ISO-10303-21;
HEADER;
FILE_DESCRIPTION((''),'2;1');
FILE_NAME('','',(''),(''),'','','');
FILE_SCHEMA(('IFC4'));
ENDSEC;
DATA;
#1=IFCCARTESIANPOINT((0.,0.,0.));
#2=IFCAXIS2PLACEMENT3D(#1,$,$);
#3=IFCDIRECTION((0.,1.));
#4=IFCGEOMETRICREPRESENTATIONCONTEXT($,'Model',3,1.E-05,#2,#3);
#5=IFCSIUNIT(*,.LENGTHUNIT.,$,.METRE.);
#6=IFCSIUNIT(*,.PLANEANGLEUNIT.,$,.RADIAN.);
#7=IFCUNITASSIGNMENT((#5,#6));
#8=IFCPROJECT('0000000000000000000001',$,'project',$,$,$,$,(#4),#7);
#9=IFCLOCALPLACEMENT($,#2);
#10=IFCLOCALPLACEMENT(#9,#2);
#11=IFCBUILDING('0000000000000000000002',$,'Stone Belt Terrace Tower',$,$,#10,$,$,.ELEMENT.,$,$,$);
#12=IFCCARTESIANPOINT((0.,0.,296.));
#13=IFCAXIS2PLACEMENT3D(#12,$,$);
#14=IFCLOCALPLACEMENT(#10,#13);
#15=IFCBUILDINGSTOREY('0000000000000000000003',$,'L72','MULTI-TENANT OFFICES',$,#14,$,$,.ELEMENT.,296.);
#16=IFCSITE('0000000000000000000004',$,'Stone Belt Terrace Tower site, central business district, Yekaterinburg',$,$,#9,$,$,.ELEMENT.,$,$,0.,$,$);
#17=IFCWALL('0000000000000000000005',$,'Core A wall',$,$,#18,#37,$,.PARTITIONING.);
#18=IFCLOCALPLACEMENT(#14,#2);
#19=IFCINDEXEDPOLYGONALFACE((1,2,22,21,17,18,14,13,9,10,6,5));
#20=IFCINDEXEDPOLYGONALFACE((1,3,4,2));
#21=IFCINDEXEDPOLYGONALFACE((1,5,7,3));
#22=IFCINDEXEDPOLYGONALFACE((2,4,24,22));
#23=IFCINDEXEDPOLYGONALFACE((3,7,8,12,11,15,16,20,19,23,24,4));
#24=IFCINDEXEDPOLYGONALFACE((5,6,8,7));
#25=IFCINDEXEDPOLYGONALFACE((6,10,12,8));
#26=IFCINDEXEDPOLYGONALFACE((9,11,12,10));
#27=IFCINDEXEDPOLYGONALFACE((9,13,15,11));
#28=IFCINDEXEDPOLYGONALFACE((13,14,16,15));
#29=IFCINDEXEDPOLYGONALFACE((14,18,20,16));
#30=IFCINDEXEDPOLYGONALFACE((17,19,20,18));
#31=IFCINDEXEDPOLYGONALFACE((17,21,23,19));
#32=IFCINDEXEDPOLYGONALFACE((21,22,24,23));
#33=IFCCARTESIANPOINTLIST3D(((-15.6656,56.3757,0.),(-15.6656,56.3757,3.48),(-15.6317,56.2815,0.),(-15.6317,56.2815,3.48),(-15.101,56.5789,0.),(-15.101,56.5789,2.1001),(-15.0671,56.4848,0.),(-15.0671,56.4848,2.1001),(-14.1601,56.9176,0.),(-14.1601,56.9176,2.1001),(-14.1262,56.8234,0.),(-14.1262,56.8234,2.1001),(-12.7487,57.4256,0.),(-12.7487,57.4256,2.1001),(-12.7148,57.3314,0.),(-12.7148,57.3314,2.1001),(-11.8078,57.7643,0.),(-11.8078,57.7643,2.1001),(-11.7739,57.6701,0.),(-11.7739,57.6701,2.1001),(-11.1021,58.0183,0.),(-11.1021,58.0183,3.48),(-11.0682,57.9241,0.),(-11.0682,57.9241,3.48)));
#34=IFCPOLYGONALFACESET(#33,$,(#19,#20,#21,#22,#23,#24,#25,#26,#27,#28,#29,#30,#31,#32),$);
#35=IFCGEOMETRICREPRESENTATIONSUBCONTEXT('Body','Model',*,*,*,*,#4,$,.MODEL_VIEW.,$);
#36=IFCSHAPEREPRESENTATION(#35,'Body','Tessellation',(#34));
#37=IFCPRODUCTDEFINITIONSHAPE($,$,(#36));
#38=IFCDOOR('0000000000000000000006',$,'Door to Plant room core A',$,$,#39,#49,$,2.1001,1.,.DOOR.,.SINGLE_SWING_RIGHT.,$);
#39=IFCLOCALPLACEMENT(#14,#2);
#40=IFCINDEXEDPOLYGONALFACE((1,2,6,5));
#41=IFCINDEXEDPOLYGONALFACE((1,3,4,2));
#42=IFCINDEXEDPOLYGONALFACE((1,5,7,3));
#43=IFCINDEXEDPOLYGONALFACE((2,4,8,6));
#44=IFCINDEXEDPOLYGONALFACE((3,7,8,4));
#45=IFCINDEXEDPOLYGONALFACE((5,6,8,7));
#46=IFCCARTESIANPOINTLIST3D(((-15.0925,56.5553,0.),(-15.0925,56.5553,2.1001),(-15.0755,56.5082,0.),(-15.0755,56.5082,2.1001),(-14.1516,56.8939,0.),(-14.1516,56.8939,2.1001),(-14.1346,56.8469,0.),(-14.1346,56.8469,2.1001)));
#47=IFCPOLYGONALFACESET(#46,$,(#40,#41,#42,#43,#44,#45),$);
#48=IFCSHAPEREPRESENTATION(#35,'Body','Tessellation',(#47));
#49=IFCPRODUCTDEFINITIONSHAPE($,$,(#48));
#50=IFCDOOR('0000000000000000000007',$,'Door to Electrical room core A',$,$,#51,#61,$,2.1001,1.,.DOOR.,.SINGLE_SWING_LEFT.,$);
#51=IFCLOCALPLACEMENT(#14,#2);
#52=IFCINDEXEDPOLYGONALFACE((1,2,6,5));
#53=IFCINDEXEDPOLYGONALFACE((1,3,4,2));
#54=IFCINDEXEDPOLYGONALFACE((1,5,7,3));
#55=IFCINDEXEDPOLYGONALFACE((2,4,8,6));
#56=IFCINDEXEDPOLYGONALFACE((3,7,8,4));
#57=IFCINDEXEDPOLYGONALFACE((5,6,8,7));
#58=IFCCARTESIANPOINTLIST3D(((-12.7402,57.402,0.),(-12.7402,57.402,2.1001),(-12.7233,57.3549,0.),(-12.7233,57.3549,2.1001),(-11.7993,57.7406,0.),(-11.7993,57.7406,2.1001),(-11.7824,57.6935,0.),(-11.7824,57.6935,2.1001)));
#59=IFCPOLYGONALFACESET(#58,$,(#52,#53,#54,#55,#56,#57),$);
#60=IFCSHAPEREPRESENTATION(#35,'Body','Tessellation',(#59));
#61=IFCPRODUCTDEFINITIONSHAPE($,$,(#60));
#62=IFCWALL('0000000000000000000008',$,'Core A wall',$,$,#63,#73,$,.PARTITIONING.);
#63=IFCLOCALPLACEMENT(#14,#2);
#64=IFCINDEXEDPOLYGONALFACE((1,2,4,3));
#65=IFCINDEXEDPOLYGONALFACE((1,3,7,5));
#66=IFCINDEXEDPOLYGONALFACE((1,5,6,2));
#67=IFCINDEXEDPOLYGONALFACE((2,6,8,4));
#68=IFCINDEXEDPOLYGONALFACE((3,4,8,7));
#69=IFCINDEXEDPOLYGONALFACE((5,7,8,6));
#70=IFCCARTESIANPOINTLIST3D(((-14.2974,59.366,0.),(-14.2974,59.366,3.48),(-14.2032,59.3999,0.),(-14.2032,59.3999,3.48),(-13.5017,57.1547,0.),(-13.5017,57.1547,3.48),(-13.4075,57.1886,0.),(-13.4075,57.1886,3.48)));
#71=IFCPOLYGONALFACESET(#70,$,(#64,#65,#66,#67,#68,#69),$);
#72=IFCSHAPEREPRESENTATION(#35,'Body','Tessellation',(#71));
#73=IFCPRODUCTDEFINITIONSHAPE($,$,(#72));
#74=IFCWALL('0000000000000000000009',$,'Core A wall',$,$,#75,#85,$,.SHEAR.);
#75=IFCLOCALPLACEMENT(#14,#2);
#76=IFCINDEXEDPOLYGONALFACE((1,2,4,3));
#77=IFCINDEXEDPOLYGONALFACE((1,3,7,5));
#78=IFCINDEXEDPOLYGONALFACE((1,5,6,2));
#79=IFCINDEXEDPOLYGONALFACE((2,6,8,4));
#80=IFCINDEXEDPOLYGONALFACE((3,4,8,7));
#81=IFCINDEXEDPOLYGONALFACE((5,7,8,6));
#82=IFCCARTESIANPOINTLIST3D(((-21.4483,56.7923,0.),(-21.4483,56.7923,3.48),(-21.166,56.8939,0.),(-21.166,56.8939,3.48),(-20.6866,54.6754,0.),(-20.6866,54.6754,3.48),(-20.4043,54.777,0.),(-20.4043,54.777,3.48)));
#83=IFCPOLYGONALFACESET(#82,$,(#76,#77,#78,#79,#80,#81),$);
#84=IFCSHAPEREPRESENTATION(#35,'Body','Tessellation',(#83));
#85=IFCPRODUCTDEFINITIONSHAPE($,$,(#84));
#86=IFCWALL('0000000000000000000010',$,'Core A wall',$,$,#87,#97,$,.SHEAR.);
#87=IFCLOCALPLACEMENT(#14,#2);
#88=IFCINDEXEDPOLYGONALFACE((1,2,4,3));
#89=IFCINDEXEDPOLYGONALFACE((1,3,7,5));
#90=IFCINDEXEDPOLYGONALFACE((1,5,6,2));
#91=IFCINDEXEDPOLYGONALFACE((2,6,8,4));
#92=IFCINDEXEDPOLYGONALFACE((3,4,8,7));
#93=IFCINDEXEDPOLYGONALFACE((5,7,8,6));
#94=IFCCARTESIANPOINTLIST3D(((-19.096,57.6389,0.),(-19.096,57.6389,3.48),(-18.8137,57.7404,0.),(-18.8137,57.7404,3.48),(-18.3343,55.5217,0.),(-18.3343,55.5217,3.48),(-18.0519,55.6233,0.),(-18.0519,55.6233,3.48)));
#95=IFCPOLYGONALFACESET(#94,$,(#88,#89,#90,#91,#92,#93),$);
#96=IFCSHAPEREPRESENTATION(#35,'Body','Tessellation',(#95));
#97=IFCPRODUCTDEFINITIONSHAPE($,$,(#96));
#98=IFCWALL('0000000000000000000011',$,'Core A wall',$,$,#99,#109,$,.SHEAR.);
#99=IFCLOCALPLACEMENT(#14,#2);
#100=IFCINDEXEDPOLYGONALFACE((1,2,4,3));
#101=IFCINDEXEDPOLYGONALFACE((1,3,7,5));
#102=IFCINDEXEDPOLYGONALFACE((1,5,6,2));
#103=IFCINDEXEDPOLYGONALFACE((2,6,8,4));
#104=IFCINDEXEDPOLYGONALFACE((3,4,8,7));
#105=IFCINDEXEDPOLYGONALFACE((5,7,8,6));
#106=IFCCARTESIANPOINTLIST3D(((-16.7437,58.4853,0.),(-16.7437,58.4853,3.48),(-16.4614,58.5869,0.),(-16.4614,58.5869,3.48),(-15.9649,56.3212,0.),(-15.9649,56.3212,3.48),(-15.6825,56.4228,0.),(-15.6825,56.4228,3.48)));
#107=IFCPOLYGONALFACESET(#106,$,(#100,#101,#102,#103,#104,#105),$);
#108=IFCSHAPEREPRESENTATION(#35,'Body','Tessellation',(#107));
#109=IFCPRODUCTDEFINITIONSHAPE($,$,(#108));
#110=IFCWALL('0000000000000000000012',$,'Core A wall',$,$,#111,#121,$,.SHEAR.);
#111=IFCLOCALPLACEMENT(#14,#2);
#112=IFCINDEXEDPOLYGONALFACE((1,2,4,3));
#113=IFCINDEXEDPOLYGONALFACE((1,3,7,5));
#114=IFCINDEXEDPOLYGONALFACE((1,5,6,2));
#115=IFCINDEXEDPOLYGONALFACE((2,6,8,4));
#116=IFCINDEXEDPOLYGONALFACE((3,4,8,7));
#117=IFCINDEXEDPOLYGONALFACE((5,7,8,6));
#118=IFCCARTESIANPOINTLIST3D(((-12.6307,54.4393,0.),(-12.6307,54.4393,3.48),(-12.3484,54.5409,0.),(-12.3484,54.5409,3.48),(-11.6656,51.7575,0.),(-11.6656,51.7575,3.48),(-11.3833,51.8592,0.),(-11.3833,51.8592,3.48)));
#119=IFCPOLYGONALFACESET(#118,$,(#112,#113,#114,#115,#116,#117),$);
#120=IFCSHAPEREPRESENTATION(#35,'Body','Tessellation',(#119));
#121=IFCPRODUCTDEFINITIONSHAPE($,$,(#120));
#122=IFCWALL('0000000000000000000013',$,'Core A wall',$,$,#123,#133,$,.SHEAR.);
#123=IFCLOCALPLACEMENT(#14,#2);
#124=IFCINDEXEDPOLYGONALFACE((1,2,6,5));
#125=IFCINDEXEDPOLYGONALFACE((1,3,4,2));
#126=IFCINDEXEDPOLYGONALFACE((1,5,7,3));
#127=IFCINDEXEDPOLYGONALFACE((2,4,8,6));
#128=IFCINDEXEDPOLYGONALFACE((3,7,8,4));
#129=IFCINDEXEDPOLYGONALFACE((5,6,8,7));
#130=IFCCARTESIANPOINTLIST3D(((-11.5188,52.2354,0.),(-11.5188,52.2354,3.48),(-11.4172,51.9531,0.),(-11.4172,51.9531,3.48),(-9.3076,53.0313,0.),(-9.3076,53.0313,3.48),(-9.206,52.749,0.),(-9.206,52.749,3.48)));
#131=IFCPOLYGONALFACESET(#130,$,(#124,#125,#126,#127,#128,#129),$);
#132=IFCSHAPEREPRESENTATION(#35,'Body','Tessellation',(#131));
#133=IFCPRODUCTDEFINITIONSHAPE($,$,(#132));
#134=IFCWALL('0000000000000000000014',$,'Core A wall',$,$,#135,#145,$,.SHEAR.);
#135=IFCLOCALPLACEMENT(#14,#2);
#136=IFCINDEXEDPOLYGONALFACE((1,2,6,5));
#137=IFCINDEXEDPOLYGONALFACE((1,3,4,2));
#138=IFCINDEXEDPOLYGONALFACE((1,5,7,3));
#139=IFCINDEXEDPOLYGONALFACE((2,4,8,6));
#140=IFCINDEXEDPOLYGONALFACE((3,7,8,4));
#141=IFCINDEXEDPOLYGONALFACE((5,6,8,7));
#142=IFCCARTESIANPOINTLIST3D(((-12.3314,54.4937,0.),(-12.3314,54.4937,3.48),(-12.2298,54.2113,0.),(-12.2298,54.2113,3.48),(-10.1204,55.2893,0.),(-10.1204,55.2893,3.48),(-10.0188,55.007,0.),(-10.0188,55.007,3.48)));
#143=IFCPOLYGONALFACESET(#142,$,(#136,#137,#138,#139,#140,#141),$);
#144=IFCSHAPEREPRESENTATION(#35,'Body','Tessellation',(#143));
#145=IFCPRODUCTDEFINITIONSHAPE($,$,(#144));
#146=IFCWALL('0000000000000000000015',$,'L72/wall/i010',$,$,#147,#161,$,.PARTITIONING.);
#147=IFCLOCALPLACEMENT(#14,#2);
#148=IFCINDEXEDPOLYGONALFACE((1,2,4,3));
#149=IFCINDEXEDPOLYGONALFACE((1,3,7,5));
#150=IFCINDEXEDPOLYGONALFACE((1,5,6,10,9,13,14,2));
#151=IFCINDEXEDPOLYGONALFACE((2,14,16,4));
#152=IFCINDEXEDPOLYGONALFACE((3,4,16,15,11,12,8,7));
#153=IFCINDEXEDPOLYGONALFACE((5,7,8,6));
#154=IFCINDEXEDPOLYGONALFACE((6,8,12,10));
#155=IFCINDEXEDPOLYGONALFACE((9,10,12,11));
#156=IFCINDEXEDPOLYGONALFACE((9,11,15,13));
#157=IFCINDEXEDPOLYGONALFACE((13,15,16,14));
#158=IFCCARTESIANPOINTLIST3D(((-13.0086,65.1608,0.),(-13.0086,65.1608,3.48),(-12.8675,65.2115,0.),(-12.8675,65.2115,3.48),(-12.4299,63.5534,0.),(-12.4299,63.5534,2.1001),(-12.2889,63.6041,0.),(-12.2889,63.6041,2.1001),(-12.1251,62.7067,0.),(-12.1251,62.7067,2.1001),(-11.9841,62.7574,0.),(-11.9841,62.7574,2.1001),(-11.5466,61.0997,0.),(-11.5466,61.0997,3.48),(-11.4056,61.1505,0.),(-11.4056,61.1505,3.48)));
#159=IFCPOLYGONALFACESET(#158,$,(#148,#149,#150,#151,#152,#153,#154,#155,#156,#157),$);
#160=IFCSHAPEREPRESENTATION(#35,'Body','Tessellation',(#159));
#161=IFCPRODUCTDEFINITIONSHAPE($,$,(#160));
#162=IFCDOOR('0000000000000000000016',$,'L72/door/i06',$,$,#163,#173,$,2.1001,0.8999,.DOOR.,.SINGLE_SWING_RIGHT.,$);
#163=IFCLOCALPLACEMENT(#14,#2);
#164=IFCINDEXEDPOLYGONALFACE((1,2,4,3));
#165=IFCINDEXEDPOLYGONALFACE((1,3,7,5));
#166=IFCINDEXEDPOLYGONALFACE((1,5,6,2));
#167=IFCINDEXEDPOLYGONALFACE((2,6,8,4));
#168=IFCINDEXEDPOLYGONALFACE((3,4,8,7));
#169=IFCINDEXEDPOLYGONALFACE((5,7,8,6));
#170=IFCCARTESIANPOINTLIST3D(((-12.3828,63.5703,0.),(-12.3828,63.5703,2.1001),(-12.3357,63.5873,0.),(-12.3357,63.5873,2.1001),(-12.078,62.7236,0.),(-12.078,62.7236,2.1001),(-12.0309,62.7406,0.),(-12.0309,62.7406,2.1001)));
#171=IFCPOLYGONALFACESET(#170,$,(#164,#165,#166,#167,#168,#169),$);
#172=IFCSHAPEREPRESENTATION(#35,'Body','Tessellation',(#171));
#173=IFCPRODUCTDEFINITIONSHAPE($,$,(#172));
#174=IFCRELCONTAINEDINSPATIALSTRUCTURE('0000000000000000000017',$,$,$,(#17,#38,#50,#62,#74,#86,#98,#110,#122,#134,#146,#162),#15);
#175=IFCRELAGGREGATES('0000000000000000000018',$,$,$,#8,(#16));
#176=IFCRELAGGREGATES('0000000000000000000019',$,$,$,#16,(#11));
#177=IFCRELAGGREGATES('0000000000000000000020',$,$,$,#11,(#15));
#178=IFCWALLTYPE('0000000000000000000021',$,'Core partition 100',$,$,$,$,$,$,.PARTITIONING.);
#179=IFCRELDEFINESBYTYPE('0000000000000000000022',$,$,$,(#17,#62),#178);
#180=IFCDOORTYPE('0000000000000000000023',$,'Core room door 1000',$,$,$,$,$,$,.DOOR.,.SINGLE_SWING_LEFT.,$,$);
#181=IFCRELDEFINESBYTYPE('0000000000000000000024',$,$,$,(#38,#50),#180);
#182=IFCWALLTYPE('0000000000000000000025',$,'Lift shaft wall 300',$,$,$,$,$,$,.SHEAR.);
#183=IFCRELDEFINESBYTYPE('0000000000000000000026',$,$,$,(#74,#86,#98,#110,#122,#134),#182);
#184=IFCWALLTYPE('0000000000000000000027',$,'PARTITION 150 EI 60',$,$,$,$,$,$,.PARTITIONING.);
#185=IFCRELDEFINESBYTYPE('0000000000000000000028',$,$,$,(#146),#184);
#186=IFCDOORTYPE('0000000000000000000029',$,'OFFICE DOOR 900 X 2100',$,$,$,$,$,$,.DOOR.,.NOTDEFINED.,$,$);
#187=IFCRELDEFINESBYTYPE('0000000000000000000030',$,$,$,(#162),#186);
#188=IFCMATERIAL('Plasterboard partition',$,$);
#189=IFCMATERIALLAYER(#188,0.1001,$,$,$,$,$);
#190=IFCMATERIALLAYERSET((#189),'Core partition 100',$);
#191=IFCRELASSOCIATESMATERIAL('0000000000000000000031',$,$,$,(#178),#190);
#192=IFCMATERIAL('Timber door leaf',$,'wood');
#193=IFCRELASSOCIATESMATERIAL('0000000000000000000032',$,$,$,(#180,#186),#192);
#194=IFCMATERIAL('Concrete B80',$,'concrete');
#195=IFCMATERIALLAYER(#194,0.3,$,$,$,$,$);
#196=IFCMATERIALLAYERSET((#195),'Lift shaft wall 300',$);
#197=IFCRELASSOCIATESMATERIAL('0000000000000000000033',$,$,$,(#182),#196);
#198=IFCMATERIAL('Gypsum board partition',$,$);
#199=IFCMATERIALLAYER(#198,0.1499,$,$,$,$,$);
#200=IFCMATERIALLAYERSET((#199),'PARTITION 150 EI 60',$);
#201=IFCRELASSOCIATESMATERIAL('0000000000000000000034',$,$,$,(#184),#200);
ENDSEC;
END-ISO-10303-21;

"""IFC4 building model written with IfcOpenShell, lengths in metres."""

from ifc_helpers import new_model, si_unit, direction, frame, frame_2d, origin, place, context, subcontext, project, spatial, rectangle, extrude, material, layer, layer_set, type_object, element, fill, save


model = new_model("IFC4")

# Units and contexts
model_context = context("Model", 3, precision=1e-05, world=origin(), true_north=direction((0.0, 1.0)))
body_context = subcontext(model_context, "Body", "Model", "MODEL_VIEW")
ifc_project = project(units=[si_unit("LENGTHUNIT", "METRE"), si_unit("PLANEANGLEUNIT", "RADIAN")], contexts=[model_context])

# Site, building, storey
site_placement = place(None, origin())
site = spatial("IfcSite", under=ifc_project, at=site_placement, Name="Stone Belt Terrace Tower site, central business district, Yekaterinburg", CompositionType="ELEMENT", RefElevation=0.0)
building_placement = place(site_placement, origin())
building = spatial("IfcBuilding", under=site, at=building_placement, Name="Stone Belt Terrace Tower", CompositionType="ELEMENT")
storey_placement = place(building_placement, frame((0.0, 0.0, 296.0)))
storey = spatial("IfcBuildingStorey", under=building, at=storey_placement, Name="L72", Description="MULTI-TENANT OFFICES", CompositionType="ELEMENT", Elevation=296.0)

# Shared definitions
ifc_material_1 = material(Name="Plasterboard partition")
ifc_layer_1 = layer(ifc_material_1, 0.1001)
ifc_layer_set_1 = layer_set([ifc_layer_1], Name="Core partition 100")
wall_type_1 = type_object("IfcWallType", Name="Core partition 100", PredefinedType="PARTITIONING", material=ifc_layer_set_1)
ifc_material_2 = material(Name="Timber door leaf", Category="wood")
door_type_1 = type_object("IfcDoorType", Name="Core room door 1000", OperationType="SINGLE_SWING_LEFT", PredefinedType="DOOR", material=ifc_material_2)

# Wall, openings, doors
wall_1_placement = place(storey_placement, frame((-15.6487, 56.3286, 0.0), z_axis=(0.0, 0.0, 1.0), x_axis=(0.940905, 0.33867, 0.0)))
wall_1 = element("IfcWall", 1, at=wall_1_placement, inside=storey, type_object=wall_type_1, Name="Core A wall", PredefinedType="PARTITIONING", context=body_context, shape_type="SweptSolid", body=[
    extrude(rectangle(XDim=4.8501, YDim=0.1001, at=frame_2d((2.425, 0.0))), origin(), (0.0, 0.0, 1.0), 3.48),
])
opening_1_placement = place(wall_1_placement, frame((0.6001, 0.0, 0.0)))
opening_1 = element("IfcOpeningElement", 2, at=opening_1_placement, cuts=wall_1, PredefinedType="OPENING", context=body_context, shape_type="SweptSolid", body=[
    extrude(rectangle(XDim=1.0, YDim=2.1001, at=frame_2d((0.5, 1.05))), frame((0.0, 0.0601, 0.0), z_axis=(0.0, -1.0, 0.0), x_axis=(1.0, 0.0, 0.0)), (0.0, 0.0, 1.0), 0.1201),
])
opening_2_placement = place(wall_1_placement, frame((3.1001, 0.0, 0.0)))
opening_2 = element("IfcOpeningElement", 3, at=opening_2_placement, cuts=wall_1, PredefinedType="OPENING", context=body_context, shape_type="SweptSolid", body=[
    extrude(rectangle(XDim=1.0, YDim=2.1001, at=frame_2d((0.5, 1.05))), frame((0.0, 0.0601, 0.0), z_axis=(0.0, -1.0, 0.0), x_axis=(1.0, 0.0, 0.0)), (0.0, 0.0, 1.0), 0.1201),
])
door_1_placement = place(opening_1_placement, origin())
door_1 = element("IfcDoor", 4, at=door_1_placement, inside=storey, type_object=door_type_1, Name="Door to Plant room core A", OperationType="SINGLE_SWING_RIGHT", OverallHeight=2.1001, OverallWidth=1.0, PredefinedType="DOOR", context=body_context, shape_type="SweptSolid", body=[
    extrude(rectangle(XDim=1.0, YDim=2.1001, at=frame_2d((0.5, 1.05))), frame((0.0, 0.0249, 0.0), z_axis=(0.0, -1.0, 0.0), x_axis=(1.0, 0.0, 0.0)), (0.0, 0.0, 1.0), 0.05),
])
fill(opening_1, door_1)
door_2_placement = place(opening_2_placement, origin())
door_2 = element("IfcDoor", 5, at=door_2_placement, inside=storey, type_object=door_type_1, Name="Door to Electrical room core A", OperationType="SINGLE_SWING_LEFT", OverallHeight=2.1001, OverallWidth=1.0, PredefinedType="DOOR", context=body_context, shape_type="SweptSolid", body=[
    extrude(rectangle(XDim=1.0, YDim=2.1001, at=frame_2d((0.5, 1.05))), frame((0.0, 0.0249, 0.0), z_axis=(0.0, -1.0, 0.0), x_axis=(1.0, 0.0, 0.0)), (0.0, 0.0, 1.0), 0.05),
])
fill(opening_2, door_2)

# Walls
wall_2_placement = place(storey_placement, frame((-13.4546, 57.1716, 0.0), z_axis=(0.0, 0.0, 1.0), x_axis=(-0.33858, 0.940938, 0.0)))
element("IfcWall", 6, at=wall_2_placement, inside=storey, type_object=wall_type_1, Name="Core A wall", PredefinedType="PARTITIONING", context=body_context, shape_type="SweptSolid", body=[
    extrude(rectangle(XDim=2.3501, YDim=0.1001, at=frame_2d((1.175, 0.0))), origin(), (0.0, 0.0, 1.0), 3.48),
])
ifc_material_3 = material(Name="Concrete B80", Category="concrete")
ifc_layer_2 = layer(ifc_material_3, 0.3)
ifc_layer_set_2 = layer_set([ifc_layer_2], Name="Lift shaft wall 300")
wall_type_2 = type_object("IfcWallType", Name="Lift shaft wall 300", PredefinedType="SHEAR", material=ifc_layer_set_2)
wall_3_placement = place(storey_placement, frame((-20.5454, 54.7261, 0.0), z_axis=(0.0, 0.0, 1.0), x_axis=(-0.33857, 0.940941, 0.0)))
element("IfcWall", 7, at=wall_3_placement, inside=storey, type_object=wall_type_2, Name="Core A wall", PredefinedType="SHEAR", context=body_context, shape_type="SweptSolid", body=[
    extrude(rectangle(XDim=2.2498, YDim=0.3, at=frame_2d((1.125, 0.0))), origin(), (0.0, 0.0, 1.0), 3.48),
])
wall_4_placement = place(storey_placement, frame((-18.1931, 55.5725, 0.0), z_axis=(0.0, 0.0, 1.0), x_axis=(-0.338535, 0.940954, 0.0)))
element("IfcWall", 8, at=wall_4_placement, inside=storey, type_object=wall_type_2, Name="Core A wall", PredefinedType="SHEAR", context=body_context, shape_type="SweptSolid", body=[
    extrude(rectangle(XDim=2.25, YDim=0.3, at=frame_2d((1.125, 0.0))), origin(), (0.0, 0.0, 1.0), 3.48),
])
wall_5_placement = place(storey_placement, frame((-15.8237, 56.3721, 0.0), z_axis=(0.0, 0.0, 1.0), x_axis=(-0.338622, 0.940923, 0.0)))
element("IfcWall", 9, at=wall_5_placement, inside=storey, type_object=wall_type_2, Name="Core A wall", PredefinedType="SHEAR", context=body_context, shape_type="SweptSolid", body=[
    extrude(rectangle(XDim=2.3, YDim=0.3, at=frame_2d((1.1499, 0.0))), origin(), (0.0, 0.0, 1.0), 3.48),
])
wall_6_placement = place(storey_placement, frame((-11.5244, 51.8083, 0.0), z_axis=(0.0, 0.0, 1.0), x_axis=(-0.338625, 0.940921, 0.0)))
element("IfcWall", 10, at=wall_6_placement, inside=storey, type_object=wall_type_2, Name="Core A wall", PredefinedType="SHEAR", context=body_context, shape_type="SweptSolid", body=[
    extrude(rectangle(XDim=2.8501, YDim=0.3, at=frame_2d((1.425, 0.0))), origin(), (0.0, 0.0, 1.0), 3.48),
])
wall_7_placement = place(storey_placement, frame((-11.468, 52.0942, 0.0), z_axis=(0.0, 0.0, 1.0), x_axis=(0.940905, 0.338672, 0.0)))
element("IfcWall", 11, at=wall_7_placement, inside=storey, type_object=wall_type_2, Name="Core A wall", PredefinedType="SHEAR", context=body_context, shape_type="SweptSolid", body=[
    extrude(rectangle(XDim=2.3501, YDim=0.3, at=frame_2d((1.175, 0.0))), origin(), (0.0, 0.0, 1.0), 3.48),
])
wall_8_placement = place(storey_placement, frame((-12.2805, 54.3525, 0.0), z_axis=(0.0, 0.0, 1.0), x_axis=(0.940926, 0.338613, 0.0)))
element("IfcWall", 12, at=wall_8_placement, inside=storey, type_object=wall_type_2, Name="Core A wall", PredefinedType="SHEAR", context=body_context, shape_type="SweptSolid", body=[
    extrude(rectangle(XDim=2.3499, YDim=0.3, at=frame_2d((1.1748, 0.0))), origin(), (0.0, 0.0, 1.0), 3.48),
])

# Wall, opening, door
ifc_material_4 = material(Name="Gypsum board partition")
ifc_layer_3 = layer(ifc_material_4, 0.1499)
ifc_layer_set_3 = layer_set([ifc_layer_3], Name="PARTITION 150 EI 60")
wall_type_3 = type_object("IfcWallType", Name="PARTITION 150 EI 60", PredefinedType="PARTITIONING", material=ifc_layer_set_3)
wall_9_placement = place(storey_placement, frame((-11.4761, 61.125, 0.0), z_axis=(0.0, 0.0, 1.0), x_axis=(-0.338707, 0.940892, 0.0)))
wall_9 = element("IfcWall", 13, at=wall_9_placement, inside=storey, type_object=wall_type_3, Name="L72/wall/i010", PredefinedType="PARTITIONING", context=body_context, shape_type="SweptSolid", body=[
    extrude(rectangle(XDim=4.3162, YDim=0.1499, at=frame_2d((2.1582, 0.0))), origin(), (0.0, 0.0, 1.0), 3.48),
])
opening_3_placement = place(wall_9_placement, frame((1.708, 0.0, 0.0)))
opening_3 = element("IfcOpeningElement", 14, at=opening_3_placement, cuts=wall_9, PredefinedType="OPENING", context=body_context, shape_type="SweptSolid", body=[
    extrude(rectangle(XDim=0.8999, YDim=2.1001, at=frame_2d((0.45, 1.05))), frame((0.0, 0.085, 0.0), z_axis=(0.0, -1.0, 0.0), x_axis=(1.0, 0.0, 0.0)), (0.0, 0.0, 1.0), 0.1699),
])
door_type_2 = type_object("IfcDoorType", Name="OFFICE DOOR 900 X 2100", OperationType="NOTDEFINED", PredefinedType="DOOR", material=ifc_material_2)
door_3_placement = place(opening_3_placement, origin())
door_3 = element("IfcDoor", 15, at=door_3_placement, inside=storey, type_object=door_type_2, Name="L72/door/i06", OperationType="SINGLE_SWING_RIGHT", OverallHeight=2.1001, OverallWidth=0.8999, PredefinedType="DOOR", context=body_context, shape_type="SweptSolid", body=[
    extrude(rectangle(XDim=0.8999, YDim=2.1001, at=frame_2d((0.45, 1.05))), frame((0.0, 0.0249, 0.0), z_axis=(0.0, -1.0, 0.0), x_axis=(1.0, 0.0, 0.0)), (0.0, 0.0, 1.0), 0.05),
])
fill(opening_3, door_3)

save(model, "model.ifc")
